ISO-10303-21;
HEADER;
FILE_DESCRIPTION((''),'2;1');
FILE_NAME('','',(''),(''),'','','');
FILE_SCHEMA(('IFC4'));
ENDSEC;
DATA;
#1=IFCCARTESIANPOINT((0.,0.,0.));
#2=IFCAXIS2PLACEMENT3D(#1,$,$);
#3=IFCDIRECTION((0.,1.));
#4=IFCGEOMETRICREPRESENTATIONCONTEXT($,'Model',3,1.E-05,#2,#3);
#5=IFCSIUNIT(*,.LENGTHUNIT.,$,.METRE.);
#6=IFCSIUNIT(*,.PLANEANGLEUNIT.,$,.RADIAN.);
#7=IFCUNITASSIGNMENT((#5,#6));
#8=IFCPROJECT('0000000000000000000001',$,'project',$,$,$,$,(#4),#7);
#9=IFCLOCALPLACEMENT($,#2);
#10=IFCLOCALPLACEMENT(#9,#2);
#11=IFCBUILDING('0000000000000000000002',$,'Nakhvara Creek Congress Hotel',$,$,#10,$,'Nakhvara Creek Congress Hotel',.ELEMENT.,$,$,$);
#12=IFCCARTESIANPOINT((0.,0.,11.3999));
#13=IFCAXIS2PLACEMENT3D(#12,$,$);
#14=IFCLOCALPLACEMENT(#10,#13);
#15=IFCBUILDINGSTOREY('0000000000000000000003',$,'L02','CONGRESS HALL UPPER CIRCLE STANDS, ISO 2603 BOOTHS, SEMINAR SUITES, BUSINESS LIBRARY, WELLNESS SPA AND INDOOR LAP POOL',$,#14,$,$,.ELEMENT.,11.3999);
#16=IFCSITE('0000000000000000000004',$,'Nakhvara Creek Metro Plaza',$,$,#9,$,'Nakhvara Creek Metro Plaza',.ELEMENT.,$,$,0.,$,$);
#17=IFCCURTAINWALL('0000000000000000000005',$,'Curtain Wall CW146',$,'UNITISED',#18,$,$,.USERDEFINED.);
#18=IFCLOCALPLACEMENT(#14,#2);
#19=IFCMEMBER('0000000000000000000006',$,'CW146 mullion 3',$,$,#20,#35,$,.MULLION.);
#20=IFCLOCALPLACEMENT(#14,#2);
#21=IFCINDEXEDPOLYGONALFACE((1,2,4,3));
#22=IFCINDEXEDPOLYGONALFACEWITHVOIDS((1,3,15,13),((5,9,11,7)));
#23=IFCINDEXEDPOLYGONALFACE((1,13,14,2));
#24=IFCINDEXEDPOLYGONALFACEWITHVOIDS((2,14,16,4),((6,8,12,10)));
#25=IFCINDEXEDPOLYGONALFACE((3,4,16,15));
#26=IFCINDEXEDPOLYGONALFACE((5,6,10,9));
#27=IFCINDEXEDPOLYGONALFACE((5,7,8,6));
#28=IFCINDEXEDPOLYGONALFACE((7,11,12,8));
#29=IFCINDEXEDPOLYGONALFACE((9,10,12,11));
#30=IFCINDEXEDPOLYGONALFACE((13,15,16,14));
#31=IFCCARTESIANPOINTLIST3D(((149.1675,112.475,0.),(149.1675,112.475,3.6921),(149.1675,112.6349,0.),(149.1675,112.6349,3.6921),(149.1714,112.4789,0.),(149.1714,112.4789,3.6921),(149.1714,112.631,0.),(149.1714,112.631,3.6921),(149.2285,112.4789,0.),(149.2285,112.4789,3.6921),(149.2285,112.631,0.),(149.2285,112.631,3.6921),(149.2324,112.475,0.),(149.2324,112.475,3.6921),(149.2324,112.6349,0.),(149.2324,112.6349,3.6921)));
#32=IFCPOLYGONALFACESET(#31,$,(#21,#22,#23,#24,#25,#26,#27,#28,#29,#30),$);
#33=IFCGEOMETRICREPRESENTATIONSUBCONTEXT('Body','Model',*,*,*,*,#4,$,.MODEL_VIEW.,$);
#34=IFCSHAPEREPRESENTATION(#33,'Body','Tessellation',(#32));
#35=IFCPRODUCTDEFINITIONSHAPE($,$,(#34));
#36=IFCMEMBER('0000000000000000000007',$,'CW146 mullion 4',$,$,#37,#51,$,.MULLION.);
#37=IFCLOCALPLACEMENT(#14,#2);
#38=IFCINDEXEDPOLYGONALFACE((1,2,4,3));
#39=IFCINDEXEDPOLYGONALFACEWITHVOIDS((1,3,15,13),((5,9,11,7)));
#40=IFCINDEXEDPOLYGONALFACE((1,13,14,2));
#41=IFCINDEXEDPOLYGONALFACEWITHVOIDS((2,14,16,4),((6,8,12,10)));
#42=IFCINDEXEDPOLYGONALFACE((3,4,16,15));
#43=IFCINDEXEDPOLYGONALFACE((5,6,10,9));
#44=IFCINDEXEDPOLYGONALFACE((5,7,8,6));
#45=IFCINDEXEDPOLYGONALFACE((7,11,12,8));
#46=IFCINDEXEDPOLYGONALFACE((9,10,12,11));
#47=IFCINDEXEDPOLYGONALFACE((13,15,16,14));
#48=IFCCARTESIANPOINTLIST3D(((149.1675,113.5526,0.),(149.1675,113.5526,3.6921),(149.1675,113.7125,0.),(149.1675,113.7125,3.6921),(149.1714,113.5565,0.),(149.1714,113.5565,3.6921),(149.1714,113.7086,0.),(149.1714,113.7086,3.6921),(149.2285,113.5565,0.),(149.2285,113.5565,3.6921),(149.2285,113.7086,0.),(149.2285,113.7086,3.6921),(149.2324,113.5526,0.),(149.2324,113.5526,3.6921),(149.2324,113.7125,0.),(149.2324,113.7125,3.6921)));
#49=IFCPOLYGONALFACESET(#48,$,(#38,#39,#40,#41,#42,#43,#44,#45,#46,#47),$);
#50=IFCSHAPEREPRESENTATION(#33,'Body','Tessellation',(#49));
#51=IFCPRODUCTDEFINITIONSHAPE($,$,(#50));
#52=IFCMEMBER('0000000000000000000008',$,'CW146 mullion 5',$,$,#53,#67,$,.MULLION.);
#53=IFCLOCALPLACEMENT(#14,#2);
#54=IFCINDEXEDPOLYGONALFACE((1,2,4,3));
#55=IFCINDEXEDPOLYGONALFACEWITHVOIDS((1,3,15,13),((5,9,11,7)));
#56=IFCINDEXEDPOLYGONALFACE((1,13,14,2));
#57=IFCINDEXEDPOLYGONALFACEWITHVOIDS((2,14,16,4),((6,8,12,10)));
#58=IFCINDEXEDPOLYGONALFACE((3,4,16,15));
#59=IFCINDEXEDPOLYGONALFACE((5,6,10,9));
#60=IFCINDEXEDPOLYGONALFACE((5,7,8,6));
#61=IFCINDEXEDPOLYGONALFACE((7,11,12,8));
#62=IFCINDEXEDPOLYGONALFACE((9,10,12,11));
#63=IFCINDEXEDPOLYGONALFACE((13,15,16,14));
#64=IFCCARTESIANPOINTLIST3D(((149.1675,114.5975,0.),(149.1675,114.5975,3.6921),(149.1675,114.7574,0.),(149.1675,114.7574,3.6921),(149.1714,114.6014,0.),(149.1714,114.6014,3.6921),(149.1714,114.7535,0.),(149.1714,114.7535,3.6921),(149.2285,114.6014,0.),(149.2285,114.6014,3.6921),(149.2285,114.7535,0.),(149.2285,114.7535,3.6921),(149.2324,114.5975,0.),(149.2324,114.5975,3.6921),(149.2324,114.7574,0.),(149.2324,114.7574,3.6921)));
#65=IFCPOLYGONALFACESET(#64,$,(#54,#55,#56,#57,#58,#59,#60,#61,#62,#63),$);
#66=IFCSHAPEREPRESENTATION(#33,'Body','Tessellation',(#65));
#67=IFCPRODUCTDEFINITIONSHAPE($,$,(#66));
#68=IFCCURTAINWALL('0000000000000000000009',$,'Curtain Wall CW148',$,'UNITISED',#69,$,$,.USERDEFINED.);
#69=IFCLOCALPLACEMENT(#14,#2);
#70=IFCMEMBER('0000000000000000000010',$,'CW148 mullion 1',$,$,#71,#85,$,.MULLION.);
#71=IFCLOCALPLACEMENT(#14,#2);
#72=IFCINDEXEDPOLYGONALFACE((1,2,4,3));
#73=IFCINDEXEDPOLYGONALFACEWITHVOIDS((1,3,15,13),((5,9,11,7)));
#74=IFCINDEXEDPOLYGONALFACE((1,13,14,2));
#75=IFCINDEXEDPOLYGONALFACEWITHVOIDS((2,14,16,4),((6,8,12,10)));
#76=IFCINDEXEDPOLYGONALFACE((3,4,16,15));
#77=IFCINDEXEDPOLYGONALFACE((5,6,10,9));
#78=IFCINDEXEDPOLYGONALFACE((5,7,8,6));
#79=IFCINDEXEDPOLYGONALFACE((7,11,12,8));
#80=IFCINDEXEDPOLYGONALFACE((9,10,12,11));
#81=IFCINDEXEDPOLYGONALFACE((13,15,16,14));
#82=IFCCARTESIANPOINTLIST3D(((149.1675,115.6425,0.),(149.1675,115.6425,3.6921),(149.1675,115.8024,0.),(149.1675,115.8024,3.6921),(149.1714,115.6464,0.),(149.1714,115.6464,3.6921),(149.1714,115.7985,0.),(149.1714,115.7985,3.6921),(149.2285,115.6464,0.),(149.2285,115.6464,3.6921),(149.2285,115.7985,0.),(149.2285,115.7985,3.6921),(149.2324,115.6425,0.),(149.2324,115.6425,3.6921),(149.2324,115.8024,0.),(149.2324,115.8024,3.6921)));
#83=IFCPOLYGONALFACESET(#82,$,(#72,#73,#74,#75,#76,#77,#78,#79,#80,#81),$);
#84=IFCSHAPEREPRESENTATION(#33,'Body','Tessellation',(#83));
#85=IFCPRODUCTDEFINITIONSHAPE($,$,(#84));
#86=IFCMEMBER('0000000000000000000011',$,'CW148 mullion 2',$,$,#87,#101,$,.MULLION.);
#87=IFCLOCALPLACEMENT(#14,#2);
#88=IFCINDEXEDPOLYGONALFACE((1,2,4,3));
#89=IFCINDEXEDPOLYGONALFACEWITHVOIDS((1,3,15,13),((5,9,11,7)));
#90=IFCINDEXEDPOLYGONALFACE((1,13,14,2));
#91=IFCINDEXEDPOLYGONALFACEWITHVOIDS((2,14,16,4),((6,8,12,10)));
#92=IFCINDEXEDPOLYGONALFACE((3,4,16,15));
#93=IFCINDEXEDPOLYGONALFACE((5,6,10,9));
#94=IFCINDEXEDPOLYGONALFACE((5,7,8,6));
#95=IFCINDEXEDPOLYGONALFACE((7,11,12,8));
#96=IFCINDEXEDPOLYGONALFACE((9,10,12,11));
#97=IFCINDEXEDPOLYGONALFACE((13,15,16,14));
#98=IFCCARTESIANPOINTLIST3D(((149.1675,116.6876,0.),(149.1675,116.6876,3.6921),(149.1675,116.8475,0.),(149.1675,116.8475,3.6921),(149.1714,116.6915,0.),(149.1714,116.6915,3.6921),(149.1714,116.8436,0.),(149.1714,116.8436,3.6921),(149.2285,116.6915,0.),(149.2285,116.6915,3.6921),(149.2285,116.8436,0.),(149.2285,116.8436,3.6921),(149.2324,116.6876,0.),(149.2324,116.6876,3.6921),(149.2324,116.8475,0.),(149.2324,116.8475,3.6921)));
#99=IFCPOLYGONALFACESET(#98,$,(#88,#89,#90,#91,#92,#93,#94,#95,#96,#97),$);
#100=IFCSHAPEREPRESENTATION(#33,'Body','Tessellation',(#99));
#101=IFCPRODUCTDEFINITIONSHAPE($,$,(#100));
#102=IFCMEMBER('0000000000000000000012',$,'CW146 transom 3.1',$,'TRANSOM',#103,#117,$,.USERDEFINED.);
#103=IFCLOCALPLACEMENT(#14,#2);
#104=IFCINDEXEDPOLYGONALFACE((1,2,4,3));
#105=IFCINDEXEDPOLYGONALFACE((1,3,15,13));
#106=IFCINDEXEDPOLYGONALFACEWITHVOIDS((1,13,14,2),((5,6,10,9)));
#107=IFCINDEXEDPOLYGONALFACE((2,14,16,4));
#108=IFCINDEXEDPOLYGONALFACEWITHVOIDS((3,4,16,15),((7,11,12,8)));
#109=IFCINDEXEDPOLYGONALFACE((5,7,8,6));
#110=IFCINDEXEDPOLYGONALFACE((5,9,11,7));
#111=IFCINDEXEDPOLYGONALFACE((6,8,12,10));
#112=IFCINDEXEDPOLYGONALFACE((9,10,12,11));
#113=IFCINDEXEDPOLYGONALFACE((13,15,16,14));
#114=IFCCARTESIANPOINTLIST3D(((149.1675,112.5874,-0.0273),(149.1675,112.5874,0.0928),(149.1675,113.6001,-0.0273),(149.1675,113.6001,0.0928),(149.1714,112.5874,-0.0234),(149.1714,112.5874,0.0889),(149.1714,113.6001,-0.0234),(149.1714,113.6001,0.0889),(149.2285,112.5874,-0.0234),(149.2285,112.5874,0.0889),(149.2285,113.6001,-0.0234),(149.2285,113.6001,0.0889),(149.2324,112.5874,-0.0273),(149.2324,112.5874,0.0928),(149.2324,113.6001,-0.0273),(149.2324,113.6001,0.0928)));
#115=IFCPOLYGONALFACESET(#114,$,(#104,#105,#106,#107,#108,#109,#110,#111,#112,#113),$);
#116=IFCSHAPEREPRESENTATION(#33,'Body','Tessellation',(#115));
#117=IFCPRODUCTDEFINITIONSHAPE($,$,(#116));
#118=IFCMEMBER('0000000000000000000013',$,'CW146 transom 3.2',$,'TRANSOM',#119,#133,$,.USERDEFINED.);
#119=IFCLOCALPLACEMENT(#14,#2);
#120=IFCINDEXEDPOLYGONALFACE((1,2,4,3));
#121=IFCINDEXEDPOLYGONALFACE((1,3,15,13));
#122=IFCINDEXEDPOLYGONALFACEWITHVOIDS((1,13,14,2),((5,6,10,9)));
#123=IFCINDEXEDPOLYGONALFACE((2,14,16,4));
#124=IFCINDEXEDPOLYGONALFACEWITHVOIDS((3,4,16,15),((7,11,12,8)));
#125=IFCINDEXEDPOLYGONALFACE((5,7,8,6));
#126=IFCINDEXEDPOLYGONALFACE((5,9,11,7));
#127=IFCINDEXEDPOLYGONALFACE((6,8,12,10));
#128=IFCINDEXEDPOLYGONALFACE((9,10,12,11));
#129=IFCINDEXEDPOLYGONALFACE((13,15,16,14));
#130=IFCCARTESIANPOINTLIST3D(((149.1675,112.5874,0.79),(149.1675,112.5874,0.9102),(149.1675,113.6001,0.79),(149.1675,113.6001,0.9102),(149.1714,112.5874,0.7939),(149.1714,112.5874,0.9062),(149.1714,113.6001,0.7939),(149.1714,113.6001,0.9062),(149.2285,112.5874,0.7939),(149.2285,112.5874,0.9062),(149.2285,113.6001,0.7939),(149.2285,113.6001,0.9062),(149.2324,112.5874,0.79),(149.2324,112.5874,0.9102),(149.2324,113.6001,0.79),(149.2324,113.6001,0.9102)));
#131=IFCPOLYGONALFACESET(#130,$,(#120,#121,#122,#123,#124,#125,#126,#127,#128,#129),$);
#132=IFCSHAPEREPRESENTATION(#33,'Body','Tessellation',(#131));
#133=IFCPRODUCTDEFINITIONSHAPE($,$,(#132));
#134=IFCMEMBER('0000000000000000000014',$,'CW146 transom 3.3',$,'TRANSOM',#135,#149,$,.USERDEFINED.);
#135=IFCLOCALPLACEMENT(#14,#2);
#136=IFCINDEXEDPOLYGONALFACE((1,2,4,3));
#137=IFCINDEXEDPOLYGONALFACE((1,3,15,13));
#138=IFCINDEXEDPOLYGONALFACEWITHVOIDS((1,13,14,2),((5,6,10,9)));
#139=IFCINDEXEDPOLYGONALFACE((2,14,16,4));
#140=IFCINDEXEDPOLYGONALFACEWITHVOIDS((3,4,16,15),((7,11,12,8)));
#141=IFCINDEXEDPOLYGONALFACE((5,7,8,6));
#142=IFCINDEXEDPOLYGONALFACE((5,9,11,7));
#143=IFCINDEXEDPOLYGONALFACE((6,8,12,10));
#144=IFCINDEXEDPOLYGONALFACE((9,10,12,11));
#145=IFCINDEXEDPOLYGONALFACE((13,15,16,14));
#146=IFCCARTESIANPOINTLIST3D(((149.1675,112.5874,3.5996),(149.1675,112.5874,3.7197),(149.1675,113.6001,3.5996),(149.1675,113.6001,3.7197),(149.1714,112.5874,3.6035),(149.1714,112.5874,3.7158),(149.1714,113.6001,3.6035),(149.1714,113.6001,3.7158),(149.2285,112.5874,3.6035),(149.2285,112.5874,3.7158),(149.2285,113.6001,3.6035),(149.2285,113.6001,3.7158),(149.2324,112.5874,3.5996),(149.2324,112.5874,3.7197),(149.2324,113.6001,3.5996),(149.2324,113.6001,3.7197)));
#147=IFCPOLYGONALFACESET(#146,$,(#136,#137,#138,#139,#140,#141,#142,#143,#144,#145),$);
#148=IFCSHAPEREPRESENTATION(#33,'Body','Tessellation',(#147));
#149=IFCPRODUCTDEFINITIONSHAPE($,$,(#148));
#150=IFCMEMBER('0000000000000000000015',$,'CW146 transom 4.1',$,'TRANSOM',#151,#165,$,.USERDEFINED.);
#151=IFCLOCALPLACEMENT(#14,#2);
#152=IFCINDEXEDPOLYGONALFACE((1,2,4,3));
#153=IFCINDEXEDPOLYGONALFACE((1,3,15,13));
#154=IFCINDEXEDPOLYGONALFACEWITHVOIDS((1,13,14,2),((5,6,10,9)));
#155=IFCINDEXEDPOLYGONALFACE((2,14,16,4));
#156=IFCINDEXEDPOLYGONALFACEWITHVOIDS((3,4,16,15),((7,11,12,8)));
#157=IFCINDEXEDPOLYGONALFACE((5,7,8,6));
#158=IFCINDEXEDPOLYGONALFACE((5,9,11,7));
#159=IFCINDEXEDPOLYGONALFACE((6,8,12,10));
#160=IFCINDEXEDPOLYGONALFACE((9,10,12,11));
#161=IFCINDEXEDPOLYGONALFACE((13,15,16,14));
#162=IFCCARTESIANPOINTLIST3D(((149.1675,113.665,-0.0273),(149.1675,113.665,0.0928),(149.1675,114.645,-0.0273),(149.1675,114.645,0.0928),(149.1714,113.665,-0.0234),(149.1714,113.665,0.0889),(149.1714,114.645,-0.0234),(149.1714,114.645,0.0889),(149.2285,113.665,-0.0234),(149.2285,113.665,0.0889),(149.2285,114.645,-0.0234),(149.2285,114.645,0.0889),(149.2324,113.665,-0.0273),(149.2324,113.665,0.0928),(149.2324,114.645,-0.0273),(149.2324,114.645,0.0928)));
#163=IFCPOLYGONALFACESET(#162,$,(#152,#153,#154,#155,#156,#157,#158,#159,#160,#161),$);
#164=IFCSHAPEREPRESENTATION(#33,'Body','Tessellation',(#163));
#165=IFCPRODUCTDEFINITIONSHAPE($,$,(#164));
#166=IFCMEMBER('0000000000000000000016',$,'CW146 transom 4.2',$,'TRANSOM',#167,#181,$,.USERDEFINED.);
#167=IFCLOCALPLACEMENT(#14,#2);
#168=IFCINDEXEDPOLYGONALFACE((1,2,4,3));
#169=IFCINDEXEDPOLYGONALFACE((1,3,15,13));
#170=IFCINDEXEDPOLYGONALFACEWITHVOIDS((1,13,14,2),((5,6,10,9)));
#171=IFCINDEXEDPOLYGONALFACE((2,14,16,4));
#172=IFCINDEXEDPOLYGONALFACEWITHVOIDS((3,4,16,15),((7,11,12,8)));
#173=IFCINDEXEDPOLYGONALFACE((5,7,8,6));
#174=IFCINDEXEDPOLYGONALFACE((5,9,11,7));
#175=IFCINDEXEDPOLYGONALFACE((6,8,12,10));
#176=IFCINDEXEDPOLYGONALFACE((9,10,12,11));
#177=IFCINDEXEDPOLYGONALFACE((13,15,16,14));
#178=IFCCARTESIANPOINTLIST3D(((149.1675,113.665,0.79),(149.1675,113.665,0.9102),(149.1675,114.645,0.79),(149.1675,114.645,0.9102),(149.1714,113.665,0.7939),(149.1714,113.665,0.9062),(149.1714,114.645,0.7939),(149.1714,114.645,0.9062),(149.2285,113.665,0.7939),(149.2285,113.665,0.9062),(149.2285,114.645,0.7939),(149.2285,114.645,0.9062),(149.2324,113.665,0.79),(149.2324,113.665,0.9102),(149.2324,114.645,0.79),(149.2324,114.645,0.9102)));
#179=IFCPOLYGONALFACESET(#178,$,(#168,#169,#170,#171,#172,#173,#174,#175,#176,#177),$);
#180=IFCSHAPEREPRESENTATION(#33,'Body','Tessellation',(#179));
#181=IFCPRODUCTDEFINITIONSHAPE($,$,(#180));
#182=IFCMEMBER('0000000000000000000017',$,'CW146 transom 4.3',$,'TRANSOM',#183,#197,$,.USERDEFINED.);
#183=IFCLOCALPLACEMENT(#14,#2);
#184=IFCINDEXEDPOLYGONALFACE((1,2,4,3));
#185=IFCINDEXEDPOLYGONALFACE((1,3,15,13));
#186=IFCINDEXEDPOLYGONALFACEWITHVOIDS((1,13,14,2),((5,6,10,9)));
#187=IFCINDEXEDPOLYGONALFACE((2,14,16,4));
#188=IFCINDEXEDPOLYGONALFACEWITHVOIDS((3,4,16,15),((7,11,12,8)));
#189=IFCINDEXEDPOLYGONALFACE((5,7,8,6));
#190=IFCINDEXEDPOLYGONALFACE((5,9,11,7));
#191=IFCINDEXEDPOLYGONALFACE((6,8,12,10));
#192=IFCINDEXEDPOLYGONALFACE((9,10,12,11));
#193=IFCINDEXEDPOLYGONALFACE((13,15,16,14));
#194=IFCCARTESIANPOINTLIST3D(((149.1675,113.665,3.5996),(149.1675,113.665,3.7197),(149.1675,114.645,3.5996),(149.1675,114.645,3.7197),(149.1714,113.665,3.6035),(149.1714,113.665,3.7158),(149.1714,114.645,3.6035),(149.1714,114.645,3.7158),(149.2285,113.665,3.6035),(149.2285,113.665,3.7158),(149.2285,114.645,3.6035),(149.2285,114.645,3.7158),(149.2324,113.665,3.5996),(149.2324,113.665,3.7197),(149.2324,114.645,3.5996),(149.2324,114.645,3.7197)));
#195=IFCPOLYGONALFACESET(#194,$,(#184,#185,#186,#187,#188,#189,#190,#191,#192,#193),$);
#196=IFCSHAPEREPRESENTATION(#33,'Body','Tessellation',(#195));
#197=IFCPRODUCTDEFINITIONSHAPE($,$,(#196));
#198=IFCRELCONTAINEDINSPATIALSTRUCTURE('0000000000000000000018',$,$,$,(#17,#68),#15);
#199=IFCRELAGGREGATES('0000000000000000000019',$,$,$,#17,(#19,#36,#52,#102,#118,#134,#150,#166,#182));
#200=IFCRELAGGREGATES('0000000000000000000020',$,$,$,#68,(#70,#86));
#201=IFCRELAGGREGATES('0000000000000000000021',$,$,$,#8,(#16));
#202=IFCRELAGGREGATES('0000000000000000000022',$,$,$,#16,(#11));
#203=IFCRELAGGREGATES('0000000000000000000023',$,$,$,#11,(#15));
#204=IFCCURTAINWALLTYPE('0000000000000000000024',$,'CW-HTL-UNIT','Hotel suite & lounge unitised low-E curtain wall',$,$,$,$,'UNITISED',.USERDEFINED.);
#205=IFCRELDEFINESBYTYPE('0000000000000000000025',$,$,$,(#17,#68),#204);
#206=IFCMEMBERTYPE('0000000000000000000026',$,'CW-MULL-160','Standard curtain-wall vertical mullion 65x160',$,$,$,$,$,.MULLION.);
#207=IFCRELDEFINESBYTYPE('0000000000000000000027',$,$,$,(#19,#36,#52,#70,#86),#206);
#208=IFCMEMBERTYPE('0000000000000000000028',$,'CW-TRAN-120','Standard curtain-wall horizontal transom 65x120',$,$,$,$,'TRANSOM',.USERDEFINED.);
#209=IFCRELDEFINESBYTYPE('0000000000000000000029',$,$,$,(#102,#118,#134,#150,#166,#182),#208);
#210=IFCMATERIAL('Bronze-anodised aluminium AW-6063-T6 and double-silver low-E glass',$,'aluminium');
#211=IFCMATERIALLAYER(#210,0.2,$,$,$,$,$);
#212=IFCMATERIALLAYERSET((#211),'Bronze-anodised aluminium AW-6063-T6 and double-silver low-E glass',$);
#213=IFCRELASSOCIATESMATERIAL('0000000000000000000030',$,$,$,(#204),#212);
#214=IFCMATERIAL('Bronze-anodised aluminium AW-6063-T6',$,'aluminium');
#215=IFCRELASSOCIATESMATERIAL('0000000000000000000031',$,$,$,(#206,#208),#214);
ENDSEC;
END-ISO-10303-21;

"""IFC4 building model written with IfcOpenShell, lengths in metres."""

from ifc_helpers import new_model, si_unit, direction, frame, origin, origin_2d, place, context, subcontext, project, spatial, hollow_rectangle, extrude, material, layer, layer_set, material_profile, profile_set, type_object, element, aggregate, save


model = new_model("IFC4")

# Units and contexts
model_context = context("Model", 3, precision=1e-05, world=origin(), true_north=direction((0.0, 1.0)))
body_context = subcontext(model_context, "Body", "Model", "MODEL_VIEW")
ifc_project = project(units=[si_unit("LENGTHUNIT", "METRE"), si_unit("PLANEANGLEUNIT", "RADIAN")], contexts=[model_context])

# Site, building, storey
site_placement = place(None, origin())
site = spatial("IfcSite", under=ifc_project, at=site_placement, Name="Nakhvara Creek Metro Plaza", LongName="Nakhvara Creek Metro Plaza", CompositionType="ELEMENT", RefElevation=0.0)
building_placement = place(site_placement, origin())
building = spatial("IfcBuilding", under=site, at=building_placement, Name="Nakhvara Creek Congress Hotel", LongName="Nakhvara Creek Congress Hotel", CompositionType="ELEMENT")
storey_placement = place(building_placement, frame((0.0, 0.0, 11.3999)))
storey = spatial("IfcBuildingStorey", under=building, at=storey_placement, Name="L02", Description="CONGRESS HALL UPPER CIRCLE STANDS, ISO 2603 BOOTHS, SEMINAR SUITES, BUSINESS LIBRARY, WELLNESS SPA AND INDOOR LAP POOL", CompositionType="ELEMENT", Elevation=11.3999)

# Curtain walls, members
ifc_material_1 = material(Name="Bronze-anodised aluminium AW-6063-T6 and double-silver low-E glass", Category="aluminium")
ifc_layer = layer(ifc_material_1, 0.2)
ifc_layer_set = layer_set([ifc_layer], Name="Bronze-anodised aluminium AW-6063-T6 and double-silver low-E glass")
curtain_wall_type = type_object("IfcCurtainWallType", Name="CW-HTL-UNIT", Description="Hotel suite & lounge unitised low-E curtain wall", ElementType="UNITISED", PredefinedType="USERDEFINED", material=ifc_layer_set)
curtain_wall_1_placement = place(storey_placement, origin())
curtain_wall_1 = element("IfcCurtainWall", 1, at=curtain_wall_1_placement, inside=storey, type_object=curtain_wall_type, Name="Curtain Wall CW146", ObjectType="UNITISED", PredefinedType="USERDEFINED")
ifc_material_2 = material(Name="Bronze-anodised aluminium AW-6063-T6", Category="aluminium")
ifc_material_profile_1 = material_profile(ifc_material_2, hollow_rectangle(XDim=0.0649, YDim=0.1599, WallThickness=0.0039, at=origin_2d()), Name="ALU-MULL 65x160x4", Category="LoadBearing")
ifc_profile_set_1 = profile_set([ifc_material_profile_1], Name="Bronze-anodised aluminium AW-6063-T6")
member_type_1 = type_object("IfcMemberType", Name="CW-MULL-160", Description="Standard curtain-wall vertical mullion 65x160", PredefinedType="MULLION", material=ifc_profile_set_1)
member_1_placement = place(storey_placement, frame((149.2, 112.5549, 0.0), z_axis=(0.0, 0.0, 1.0), x_axis=(-1.0, 0.0, 0.0)))
member_1 = element("IfcMember", 2, at=member_1_placement, type_object=member_type_1, Name="CW146 mullion 3", PredefinedType="MULLION", context=body_context, shape_type="SweptSolid", body=[
    extrude(hollow_rectangle(XDim=0.0649, YDim=0.1599, WallThickness=0.0039, at=origin_2d()), origin(), (0.0, 0.0, 1.0), 3.6921),
])
member_2_placement = place(storey_placement, frame((149.2, 113.6326, 0.0), z_axis=(0.0, 0.0, 1.0), x_axis=(-1.0, 0.0, 0.0)))
member_2 = element("IfcMember", 3, at=member_2_placement, type_object=member_type_1, Name="CW146 mullion 4", PredefinedType="MULLION", context=body_context, shape_type="SweptSolid", body=[
    extrude(hollow_rectangle(XDim=0.0649, YDim=0.1599, WallThickness=0.0039, at=origin_2d()), origin(), (0.0, 0.0, 1.0), 3.6921),
])
member_3_placement = place(storey_placement, frame((149.2, 114.6775, 0.0), z_axis=(0.0, 0.0, 1.0), x_axis=(-1.0, 0.0, 0.0)))
member_3 = element("IfcMember", 4, at=member_3_placement, type_object=member_type_1, Name="CW146 mullion 5", PredefinedType="MULLION", context=body_context, shape_type="SweptSolid", body=[
    extrude(hollow_rectangle(XDim=0.0649, YDim=0.1599, WallThickness=0.0039, at=origin_2d()), origin(), (0.0, 0.0, 1.0), 3.6921),
])
curtain_wall_2_placement = place(storey_placement, origin())
curtain_wall_2 = element("IfcCurtainWall", 5, at=curtain_wall_2_placement, inside=storey, type_object=curtain_wall_type, Name="Curtain Wall CW148", ObjectType="UNITISED", PredefinedType="USERDEFINED")
member_4_placement = place(storey_placement, frame((149.2, 115.7224, 0.0), z_axis=(0.0, 0.0, 1.0), x_axis=(-1.0, 0.0, 0.0)))
member_4 = element("IfcMember", 6, at=member_4_placement, type_object=member_type_1, Name="CW148 mullion 1", PredefinedType="MULLION", context=body_context, shape_type="SweptSolid", body=[
    extrude(hollow_rectangle(XDim=0.0649, YDim=0.1599, WallThickness=0.0039, at=origin_2d()), origin(), (0.0, 0.0, 1.0), 3.6921),
])
member_5_placement = place(storey_placement, frame((149.2, 116.7676, 0.0), z_axis=(0.0, 0.0, 1.0), x_axis=(-1.0, 0.0, 0.0)))
member_5 = element("IfcMember", 7, at=member_5_placement, type_object=member_type_1, Name="CW148 mullion 2", PredefinedType="MULLION", context=body_context, shape_type="SweptSolid", body=[
    extrude(hollow_rectangle(XDim=0.0649, YDim=0.1599, WallThickness=0.0039, at=origin_2d()), origin(), (0.0, 0.0, 1.0), 3.6921),
])

# Members
ifc_material_profile_2 = material_profile(ifc_material_2, hollow_rectangle(XDim=0.0649, YDim=0.1201, WallThickness=0.0039, at=origin_2d()), Name="ALU-TRAN 65x120x4", Category="LoadBearing")
ifc_profile_set_2 = profile_set([ifc_material_profile_2], Name="Bronze-anodised aluminium AW-6063-T6")
member_type_2 = type_object("IfcMemberType", Name="CW-TRAN-120", Description="Standard curtain-wall horizontal transom 65x120", ElementType="TRANSOM", PredefinedType="USERDEFINED", material=ifc_profile_set_2)
member_6_placement = place(storey_placement, frame((149.2, 112.5874, 0.0327), z_axis=(0.0, 1.0, 0.0), x_axis=(-1.0, 0.0, 0.0)))
member_6 = element("IfcMember", 8, at=member_6_placement, type_object=member_type_2, Name="CW146 transom 3.1", ObjectType="TRANSOM", PredefinedType="USERDEFINED", context=body_context, shape_type="SweptSolid", body=[
    extrude(hollow_rectangle(XDim=0.0649, YDim=0.1201, WallThickness=0.0039, at=origin_2d()), origin(), (0.0, 0.0, 1.0), 1.0127),
])
member_7_placement = place(storey_placement, frame((149.2, 112.5874, 0.8501), z_axis=(0.0, 1.0, 0.0), x_axis=(-1.0, 0.0, 0.0)))
member_7 = element("IfcMember", 9, at=member_7_placement, type_object=member_type_2, Name="CW146 transom 3.2", ObjectType="TRANSOM", PredefinedType="USERDEFINED", context=body_context, shape_type="SweptSolid", body=[
    extrude(hollow_rectangle(XDim=0.0649, YDim=0.1201, WallThickness=0.0039, at=origin_2d()), origin(), (0.0, 0.0, 1.0), 1.0127),
])
member_8_placement = place(storey_placement, frame((149.2, 112.5874, 3.6597), z_axis=(0.0, 1.0, 0.0), x_axis=(-1.0, 0.0, 0.0)))
member_8 = element("IfcMember", 10, at=member_8_placement, type_object=member_type_2, Name="CW146 transom 3.3", ObjectType="TRANSOM", PredefinedType="USERDEFINED", context=body_context, shape_type="SweptSolid", body=[
    extrude(hollow_rectangle(XDim=0.0649, YDim=0.1201, WallThickness=0.0039, at=origin_2d()), origin(), (0.0, 0.0, 1.0), 1.0127),
])
member_9_placement = place(storey_placement, frame((149.2, 113.665, 0.0327), z_axis=(0.0, 1.0, 0.0), x_axis=(-1.0, 0.0, 0.0)))
member_9 = element("IfcMember", 11, at=member_9_placement, type_object=member_type_2, Name="CW146 transom 4.1", ObjectType="TRANSOM", PredefinedType="USERDEFINED", context=body_context, shape_type="SweptSolid", body=[
    extrude(hollow_rectangle(XDim=0.0649, YDim=0.1201, WallThickness=0.0039, at=origin_2d()), origin(), (0.0, 0.0, 1.0), 0.98),
])
member_10_placement = place(storey_placement, frame((149.2, 113.665, 0.8501), z_axis=(0.0, 1.0, 0.0), x_axis=(-1.0, 0.0, 0.0)))
member_10 = element("IfcMember", 12, at=member_10_placement, type_object=member_type_2, Name="CW146 transom 4.2", ObjectType="TRANSOM", PredefinedType="USERDEFINED", context=body_context, shape_type="SweptSolid", body=[
    extrude(hollow_rectangle(XDim=0.0649, YDim=0.1201, WallThickness=0.0039, at=origin_2d()), origin(), (0.0, 0.0, 1.0), 0.98),
])
member_11_placement = place(storey_placement, frame((149.2, 113.665, 3.6597), z_axis=(0.0, 1.0, 0.0), x_axis=(-1.0, 0.0, 0.0)))
member_11 = element("IfcMember", 13, at=member_11_placement, type_object=member_type_2, Name="CW146 transom 4.3", ObjectType="TRANSOM", PredefinedType="USERDEFINED", context=body_context, shape_type="SweptSolid", body=[
    extrude(hollow_rectangle(XDim=0.0649, YDim=0.1201, WallThickness=0.0039, at=origin_2d()), origin(), (0.0, 0.0, 1.0), 0.98),
])

aggregate(curtain_wall_1, [member_1, member_2, member_3, member_6, member_7, member_8, member_9, member_10, member_11])
aggregate(curtain_wall_2, [member_4, member_5])

save(model, "model.ifc")
